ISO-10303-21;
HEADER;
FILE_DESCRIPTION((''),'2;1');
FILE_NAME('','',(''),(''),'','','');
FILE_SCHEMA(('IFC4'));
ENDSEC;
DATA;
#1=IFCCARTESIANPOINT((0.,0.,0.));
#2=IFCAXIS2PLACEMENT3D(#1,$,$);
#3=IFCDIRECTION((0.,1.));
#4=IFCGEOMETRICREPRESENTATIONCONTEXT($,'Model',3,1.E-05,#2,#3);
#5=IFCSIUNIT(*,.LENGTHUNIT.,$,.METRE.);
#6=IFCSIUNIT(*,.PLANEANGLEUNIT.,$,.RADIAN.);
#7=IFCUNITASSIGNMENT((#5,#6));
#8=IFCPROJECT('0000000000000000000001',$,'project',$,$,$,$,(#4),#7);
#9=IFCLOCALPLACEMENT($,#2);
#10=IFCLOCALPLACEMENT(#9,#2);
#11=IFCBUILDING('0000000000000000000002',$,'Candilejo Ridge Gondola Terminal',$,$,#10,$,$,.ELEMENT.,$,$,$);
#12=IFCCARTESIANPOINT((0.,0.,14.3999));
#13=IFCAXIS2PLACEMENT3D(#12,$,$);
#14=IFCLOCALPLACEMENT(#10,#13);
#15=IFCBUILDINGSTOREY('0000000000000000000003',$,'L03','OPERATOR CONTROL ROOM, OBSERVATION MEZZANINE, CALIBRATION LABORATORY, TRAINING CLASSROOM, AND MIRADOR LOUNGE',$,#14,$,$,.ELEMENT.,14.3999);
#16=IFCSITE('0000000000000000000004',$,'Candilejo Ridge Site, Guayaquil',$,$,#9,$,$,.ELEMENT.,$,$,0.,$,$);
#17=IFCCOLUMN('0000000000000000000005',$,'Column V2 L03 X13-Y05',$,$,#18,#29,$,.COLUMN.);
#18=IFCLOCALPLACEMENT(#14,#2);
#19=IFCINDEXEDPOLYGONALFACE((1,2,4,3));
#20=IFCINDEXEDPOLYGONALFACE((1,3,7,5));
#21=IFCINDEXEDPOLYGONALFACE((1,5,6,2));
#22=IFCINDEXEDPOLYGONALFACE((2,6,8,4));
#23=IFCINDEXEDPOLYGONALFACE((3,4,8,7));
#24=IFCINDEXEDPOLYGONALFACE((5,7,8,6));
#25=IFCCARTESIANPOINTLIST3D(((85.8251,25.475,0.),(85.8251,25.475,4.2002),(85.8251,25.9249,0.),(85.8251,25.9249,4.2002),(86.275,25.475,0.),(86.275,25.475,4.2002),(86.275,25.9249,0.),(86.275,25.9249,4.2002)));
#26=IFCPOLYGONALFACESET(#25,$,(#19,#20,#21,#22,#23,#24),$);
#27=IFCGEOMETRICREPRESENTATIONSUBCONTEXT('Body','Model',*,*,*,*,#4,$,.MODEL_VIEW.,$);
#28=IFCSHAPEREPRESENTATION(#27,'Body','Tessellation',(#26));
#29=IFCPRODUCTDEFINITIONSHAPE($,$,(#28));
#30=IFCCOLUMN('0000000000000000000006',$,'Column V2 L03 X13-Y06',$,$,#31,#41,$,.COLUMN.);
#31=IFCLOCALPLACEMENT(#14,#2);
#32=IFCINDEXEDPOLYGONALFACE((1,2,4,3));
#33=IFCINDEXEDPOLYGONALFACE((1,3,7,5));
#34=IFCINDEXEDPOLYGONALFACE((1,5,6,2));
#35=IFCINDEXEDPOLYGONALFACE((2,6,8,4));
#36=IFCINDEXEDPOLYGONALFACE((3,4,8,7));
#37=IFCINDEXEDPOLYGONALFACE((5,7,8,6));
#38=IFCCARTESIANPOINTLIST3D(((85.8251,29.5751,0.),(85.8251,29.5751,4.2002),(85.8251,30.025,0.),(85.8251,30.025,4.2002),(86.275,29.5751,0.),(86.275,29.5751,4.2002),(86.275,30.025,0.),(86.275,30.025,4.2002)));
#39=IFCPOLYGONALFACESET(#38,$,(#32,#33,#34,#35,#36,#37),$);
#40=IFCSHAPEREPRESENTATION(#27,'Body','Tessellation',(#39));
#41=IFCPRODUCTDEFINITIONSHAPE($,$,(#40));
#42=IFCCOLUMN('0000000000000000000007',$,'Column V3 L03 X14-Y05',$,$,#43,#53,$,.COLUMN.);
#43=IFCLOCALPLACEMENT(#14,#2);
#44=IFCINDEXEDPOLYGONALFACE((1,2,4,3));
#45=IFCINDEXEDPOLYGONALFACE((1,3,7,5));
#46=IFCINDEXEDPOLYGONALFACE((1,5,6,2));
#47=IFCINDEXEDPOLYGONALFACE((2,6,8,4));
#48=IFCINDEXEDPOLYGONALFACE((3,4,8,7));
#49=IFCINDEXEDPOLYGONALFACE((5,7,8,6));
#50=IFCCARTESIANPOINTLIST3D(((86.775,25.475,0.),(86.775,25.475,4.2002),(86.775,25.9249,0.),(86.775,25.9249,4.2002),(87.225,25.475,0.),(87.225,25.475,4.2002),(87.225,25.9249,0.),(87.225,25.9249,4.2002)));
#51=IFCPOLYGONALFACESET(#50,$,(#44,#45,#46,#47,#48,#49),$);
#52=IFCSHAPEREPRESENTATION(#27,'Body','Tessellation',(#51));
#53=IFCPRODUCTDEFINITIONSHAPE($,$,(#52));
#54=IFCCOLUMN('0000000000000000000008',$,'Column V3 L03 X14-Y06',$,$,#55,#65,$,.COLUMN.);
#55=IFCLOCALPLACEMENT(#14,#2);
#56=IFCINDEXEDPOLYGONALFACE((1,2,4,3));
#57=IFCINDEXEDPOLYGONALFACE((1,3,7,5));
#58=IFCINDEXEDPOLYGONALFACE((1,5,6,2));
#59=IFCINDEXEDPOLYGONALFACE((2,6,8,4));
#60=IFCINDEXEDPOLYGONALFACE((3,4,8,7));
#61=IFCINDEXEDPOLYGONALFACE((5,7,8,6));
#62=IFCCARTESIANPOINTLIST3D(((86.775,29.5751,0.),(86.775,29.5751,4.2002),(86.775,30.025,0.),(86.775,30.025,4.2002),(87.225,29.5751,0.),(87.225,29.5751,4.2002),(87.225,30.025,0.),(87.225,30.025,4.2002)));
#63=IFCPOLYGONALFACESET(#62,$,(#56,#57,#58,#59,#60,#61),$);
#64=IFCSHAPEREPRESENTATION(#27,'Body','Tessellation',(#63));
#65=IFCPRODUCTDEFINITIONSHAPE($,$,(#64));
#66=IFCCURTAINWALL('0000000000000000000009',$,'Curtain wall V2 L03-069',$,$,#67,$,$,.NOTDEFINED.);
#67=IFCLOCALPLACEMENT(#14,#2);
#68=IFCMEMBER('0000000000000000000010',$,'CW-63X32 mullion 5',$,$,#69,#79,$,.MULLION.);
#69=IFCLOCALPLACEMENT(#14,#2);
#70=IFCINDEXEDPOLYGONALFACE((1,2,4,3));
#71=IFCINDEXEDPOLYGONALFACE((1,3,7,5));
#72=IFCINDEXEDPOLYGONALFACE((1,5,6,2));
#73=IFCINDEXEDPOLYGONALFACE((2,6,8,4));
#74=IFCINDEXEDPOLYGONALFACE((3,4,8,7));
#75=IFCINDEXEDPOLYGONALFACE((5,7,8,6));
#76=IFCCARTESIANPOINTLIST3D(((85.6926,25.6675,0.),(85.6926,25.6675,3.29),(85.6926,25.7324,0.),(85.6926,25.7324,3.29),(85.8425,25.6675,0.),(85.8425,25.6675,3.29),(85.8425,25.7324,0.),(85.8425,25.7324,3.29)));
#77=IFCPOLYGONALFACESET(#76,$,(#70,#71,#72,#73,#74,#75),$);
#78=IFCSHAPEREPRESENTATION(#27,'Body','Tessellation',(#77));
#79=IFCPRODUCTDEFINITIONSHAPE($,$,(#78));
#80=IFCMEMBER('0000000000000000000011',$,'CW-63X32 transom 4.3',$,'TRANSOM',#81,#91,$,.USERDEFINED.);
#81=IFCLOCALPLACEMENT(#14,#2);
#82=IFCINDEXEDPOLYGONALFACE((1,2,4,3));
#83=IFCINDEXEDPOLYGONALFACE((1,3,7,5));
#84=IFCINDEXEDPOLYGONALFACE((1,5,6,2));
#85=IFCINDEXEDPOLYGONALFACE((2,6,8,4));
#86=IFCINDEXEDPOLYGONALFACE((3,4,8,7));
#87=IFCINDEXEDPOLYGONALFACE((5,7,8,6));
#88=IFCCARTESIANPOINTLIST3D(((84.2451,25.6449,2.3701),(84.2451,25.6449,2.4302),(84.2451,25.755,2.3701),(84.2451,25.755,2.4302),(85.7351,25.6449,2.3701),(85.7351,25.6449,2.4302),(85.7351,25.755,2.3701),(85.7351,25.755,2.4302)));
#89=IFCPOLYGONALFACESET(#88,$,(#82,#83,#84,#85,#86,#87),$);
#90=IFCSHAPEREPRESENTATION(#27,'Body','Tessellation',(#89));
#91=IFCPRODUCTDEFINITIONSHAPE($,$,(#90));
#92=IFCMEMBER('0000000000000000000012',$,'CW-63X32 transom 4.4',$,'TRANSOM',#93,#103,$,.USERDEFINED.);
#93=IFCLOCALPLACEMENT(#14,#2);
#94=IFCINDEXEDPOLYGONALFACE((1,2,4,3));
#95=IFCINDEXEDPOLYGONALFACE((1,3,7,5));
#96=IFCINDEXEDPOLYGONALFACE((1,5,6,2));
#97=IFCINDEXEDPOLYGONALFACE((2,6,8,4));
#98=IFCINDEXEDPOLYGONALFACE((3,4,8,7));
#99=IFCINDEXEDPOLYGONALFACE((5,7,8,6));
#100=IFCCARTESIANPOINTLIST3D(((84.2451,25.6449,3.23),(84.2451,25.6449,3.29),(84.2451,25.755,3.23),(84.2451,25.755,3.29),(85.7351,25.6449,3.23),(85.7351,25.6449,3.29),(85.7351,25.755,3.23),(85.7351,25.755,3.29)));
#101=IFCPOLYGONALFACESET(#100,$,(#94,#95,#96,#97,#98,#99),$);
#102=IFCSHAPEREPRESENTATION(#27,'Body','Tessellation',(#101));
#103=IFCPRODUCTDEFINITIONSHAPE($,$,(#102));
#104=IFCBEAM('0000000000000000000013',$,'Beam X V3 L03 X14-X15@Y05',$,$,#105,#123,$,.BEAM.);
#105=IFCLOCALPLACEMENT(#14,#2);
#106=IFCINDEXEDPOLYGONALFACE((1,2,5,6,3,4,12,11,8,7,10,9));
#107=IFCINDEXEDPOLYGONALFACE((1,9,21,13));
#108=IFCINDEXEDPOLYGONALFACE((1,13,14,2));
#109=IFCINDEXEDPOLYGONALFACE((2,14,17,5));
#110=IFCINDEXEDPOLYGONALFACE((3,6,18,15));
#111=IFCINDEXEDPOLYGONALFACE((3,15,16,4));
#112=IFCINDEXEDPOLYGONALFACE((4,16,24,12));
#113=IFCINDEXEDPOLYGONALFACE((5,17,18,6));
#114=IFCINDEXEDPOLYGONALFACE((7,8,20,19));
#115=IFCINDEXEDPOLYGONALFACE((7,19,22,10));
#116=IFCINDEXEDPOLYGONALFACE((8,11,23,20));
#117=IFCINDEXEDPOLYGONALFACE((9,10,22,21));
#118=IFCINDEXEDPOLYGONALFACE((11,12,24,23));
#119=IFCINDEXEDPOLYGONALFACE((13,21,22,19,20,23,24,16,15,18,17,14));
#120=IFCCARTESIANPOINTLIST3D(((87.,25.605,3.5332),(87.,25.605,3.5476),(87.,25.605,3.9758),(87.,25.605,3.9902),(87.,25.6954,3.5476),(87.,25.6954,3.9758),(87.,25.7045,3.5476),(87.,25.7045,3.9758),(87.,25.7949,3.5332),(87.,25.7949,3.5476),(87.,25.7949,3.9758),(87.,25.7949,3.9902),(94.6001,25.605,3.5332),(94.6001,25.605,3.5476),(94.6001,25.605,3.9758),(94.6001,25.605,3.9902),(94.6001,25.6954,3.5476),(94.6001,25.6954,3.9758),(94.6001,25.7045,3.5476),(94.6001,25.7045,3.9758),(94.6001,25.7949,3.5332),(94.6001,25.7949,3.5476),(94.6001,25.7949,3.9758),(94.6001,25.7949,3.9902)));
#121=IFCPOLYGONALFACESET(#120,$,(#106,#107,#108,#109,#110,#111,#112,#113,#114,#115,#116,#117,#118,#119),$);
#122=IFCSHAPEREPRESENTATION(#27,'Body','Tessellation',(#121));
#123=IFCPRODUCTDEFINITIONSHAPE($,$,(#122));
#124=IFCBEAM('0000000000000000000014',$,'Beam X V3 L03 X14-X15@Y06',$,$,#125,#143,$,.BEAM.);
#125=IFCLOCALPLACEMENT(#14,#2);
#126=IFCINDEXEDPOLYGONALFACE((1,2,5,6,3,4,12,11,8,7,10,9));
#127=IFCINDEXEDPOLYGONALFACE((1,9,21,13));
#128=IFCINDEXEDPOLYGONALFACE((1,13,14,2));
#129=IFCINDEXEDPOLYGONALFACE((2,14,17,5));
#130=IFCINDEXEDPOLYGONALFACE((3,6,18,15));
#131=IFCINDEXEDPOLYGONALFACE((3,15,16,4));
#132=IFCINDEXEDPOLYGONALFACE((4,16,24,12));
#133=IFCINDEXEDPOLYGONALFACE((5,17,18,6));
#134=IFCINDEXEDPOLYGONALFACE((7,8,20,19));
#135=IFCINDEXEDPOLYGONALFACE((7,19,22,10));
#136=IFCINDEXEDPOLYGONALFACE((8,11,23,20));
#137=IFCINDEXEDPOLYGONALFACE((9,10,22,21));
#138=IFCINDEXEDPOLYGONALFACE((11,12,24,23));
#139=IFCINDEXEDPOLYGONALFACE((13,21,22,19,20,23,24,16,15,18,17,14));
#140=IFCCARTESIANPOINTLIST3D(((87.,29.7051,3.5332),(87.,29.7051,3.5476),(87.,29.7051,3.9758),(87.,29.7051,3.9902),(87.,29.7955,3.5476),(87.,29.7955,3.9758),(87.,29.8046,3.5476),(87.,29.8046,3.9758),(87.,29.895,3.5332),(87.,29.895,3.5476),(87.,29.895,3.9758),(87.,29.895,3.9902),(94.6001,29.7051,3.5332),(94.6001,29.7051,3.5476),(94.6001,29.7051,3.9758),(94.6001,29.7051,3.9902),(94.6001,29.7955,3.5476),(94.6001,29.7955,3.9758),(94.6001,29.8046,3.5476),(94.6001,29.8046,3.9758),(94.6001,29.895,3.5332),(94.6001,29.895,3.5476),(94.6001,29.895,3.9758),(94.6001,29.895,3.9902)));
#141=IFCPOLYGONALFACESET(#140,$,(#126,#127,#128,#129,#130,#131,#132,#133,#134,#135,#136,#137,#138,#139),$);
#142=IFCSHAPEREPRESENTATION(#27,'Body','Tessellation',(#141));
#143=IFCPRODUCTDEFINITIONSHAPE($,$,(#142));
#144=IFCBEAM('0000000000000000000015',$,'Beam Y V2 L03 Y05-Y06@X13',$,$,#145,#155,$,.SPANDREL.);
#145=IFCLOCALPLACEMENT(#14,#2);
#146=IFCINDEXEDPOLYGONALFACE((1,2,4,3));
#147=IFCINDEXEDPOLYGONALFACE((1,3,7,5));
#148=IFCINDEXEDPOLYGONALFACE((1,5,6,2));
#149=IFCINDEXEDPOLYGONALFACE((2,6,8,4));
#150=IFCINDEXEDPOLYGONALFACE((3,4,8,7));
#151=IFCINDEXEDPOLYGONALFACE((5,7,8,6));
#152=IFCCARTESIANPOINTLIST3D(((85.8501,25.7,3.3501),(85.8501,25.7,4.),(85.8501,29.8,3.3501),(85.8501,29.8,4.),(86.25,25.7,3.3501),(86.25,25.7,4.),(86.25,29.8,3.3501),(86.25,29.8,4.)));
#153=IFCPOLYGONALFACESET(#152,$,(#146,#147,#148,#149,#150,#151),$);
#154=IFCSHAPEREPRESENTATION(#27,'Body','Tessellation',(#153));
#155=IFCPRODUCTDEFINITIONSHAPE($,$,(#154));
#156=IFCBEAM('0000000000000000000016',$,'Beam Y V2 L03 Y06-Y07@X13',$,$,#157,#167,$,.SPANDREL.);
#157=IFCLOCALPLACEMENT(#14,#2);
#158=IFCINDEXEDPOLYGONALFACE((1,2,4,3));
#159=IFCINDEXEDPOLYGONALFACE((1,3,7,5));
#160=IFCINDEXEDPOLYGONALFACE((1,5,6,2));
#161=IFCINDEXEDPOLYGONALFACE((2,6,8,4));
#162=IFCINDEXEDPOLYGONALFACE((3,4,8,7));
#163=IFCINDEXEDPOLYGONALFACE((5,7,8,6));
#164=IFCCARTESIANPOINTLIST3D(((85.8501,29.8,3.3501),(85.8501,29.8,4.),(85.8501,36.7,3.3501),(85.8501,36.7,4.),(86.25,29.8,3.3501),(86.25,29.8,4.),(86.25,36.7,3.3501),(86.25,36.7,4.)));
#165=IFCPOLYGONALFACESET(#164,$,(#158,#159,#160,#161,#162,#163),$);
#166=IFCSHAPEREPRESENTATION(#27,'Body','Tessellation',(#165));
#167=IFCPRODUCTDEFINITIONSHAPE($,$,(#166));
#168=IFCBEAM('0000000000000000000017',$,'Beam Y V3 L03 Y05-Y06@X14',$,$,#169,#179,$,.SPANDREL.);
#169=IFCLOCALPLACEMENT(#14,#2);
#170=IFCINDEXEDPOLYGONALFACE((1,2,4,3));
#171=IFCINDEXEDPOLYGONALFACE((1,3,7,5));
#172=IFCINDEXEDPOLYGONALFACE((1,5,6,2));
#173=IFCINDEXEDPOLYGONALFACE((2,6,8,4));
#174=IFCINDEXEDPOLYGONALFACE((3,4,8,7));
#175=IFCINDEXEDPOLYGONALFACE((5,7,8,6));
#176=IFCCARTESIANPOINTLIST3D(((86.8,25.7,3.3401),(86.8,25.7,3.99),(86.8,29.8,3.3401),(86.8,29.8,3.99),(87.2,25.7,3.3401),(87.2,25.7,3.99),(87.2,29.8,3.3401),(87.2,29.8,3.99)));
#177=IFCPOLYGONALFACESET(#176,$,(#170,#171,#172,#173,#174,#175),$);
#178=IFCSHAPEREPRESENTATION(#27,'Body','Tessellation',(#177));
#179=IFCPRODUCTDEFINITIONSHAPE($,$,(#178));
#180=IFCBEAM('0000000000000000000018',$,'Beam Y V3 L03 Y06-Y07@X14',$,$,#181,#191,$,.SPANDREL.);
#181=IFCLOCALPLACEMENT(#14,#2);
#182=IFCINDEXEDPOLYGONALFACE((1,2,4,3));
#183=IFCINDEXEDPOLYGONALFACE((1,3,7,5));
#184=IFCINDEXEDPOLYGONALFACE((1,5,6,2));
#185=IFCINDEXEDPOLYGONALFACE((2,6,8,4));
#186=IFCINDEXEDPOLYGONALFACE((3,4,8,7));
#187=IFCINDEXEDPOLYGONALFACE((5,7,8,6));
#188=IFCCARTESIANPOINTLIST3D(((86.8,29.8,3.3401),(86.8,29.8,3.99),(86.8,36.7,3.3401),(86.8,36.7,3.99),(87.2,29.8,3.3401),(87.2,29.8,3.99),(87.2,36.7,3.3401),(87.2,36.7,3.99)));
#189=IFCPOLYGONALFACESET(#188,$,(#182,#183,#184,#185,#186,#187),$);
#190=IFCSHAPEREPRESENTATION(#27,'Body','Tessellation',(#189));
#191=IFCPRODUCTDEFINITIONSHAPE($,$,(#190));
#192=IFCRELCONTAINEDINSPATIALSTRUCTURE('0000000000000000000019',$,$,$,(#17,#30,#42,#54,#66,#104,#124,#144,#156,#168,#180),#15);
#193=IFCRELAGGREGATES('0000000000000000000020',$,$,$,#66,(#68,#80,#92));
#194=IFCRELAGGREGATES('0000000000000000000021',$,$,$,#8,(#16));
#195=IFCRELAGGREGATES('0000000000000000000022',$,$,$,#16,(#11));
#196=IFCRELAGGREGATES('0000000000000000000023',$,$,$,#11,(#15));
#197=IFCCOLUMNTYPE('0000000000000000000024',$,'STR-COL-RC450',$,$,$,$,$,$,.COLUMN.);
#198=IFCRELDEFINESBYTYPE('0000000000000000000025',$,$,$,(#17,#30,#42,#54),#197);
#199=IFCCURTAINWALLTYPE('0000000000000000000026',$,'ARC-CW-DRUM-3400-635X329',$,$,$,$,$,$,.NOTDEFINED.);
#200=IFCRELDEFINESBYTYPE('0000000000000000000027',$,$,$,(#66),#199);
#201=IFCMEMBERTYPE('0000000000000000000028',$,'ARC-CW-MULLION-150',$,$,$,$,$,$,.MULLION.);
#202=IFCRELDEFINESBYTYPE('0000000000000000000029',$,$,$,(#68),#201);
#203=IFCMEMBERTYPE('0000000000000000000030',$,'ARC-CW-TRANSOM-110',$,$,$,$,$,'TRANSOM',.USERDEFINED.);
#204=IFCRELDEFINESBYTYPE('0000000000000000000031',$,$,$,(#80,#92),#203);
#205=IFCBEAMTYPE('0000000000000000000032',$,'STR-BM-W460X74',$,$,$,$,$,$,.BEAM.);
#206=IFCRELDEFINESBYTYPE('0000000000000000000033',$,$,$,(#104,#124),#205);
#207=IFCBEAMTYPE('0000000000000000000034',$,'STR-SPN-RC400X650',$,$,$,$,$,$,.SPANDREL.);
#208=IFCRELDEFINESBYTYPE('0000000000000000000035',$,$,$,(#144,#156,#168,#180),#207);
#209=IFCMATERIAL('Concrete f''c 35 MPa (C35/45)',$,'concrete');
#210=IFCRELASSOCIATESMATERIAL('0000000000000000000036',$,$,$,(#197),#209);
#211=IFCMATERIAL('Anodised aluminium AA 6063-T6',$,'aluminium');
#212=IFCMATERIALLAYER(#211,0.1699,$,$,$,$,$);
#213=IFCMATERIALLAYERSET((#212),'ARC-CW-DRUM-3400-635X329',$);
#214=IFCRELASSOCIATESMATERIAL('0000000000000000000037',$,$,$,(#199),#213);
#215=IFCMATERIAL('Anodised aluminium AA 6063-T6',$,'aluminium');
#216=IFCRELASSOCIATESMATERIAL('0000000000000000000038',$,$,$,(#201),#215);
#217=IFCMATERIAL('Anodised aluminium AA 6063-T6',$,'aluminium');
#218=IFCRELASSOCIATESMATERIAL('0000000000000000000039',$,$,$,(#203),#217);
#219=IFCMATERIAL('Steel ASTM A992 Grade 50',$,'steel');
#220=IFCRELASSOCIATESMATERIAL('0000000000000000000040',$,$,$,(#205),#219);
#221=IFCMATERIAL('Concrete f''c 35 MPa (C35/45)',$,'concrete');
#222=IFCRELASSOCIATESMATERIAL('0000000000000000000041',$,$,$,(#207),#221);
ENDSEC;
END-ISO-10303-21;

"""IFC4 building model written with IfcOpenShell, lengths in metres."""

from ifc_helpers import new_model, si_unit, direction, frame, origin, origin_2d, place, context, subcontext, project, spatial, rectangle, i_section, extrude, material, layer, layer_set, material_profile, profile_set, type_object, element, aggregate, save


model = new_model("IFC4")

# Units and contexts
model_context = context("Model", 3, precision=1e-05, world=origin(), true_north=direction((0.0, 1.0)))
body_context = subcontext(model_context, "Body", "Model", "MODEL_VIEW")
ifc_project = project(units=[si_unit("LENGTHUNIT", "METRE"), si_unit("PLANEANGLEUNIT", "RADIAN")], contexts=[model_context])

# Site, building, storey
site_placement = place(None, origin())
site = spatial("IfcSite", under=ifc_project, at=site_placement, Name="Candilejo Ridge Site, Guayaquil", CompositionType="ELEMENT", RefElevation=0.0)
building_placement = place(site_placement, origin())
building = spatial("IfcBuilding", under=site, at=building_placement, Name="Candilejo Ridge Gondola Terminal", CompositionType="ELEMENT")
storey_placement = place(building_placement, frame((0.0, 0.0, 14.3999)))
storey = spatial("IfcBuildingStorey", under=building, at=storey_placement, Name="L03", Description="OPERATOR CONTROL ROOM, OBSERVATION MEZZANINE, CALIBRATION LABORATORY, TRAINING CLASSROOM, AND MIRADOR LOUNGE", CompositionType="ELEMENT", Elevation=14.3999)

# Columns
ifc_material_1 = material(Name="Concrete f'c 35 MPa (C35/45)", Category="concrete")
ifc_material_profile_1 = material_profile(ifc_material_1, rectangle(XDim=0.45, YDim=0.45, at=origin_2d()))
ifc_profile_set_1 = profile_set([ifc_material_profile_1], Name="Concrete f'c 35 MPa (C35/45)")
column_type = type_object("IfcColumnType", Name="STR-COL-RC450", PredefinedType="COLUMN", material=ifc_profile_set_1)
for number, where, z_axis, x_axis, name in (
    (1, (86.05, 25.7, 0.0), (0.0, 0.0, 1.0), (1.0, 0.0, 0.0), "Column V2 L03 X13-Y05"),
    (2, (86.05, 29.8, 0.0), (0.0, 0.0, 1.0), (1.0, 0.0, 0.0), "Column V2 L03 X13-Y06"),
    (3, (87.0, 25.7, 0.0), (0.0, 0.0, 1.0), (1.0, 0.0, 0.0), "Column V3 L03 X14-Y05"),
    (4, (87.0, 29.8, 0.0), (0.0, 0.0, 1.0), (1.0, 0.0, 0.0), "Column V3 L03 X14-Y06"),
):
    element("IfcColumn", number, at=place(storey_placement, frame(where, z_axis=z_axis, x_axis=x_axis)), inside=storey, type_object=column_type, Name=name, PredefinedType="COLUMN", context=body_context, shape_type="SweptSolid", body=[
        extrude(rectangle(XDim=0.45, YDim=0.45, at=origin_2d()), origin(), (0.0, 0.0, 1.0), 4.2002),
    ])

# Curtain wall, members
ifc_material_2 = material(Name="Anodised aluminium AA 6063-T6", Category="aluminium")
ifc_layer_1 = layer(ifc_material_2, 0.1699)
ifc_layer_set_1 = layer_set([ifc_layer_1], Name="ARC-CW-DRUM-3400-635X329")
curtain_wall_type = type_object("IfcCurtainWallType", Name="ARC-CW-DRUM-3400-635X329", PredefinedType="NOTDEFINED", material=ifc_layer_set_1)
curtain_wall_placement = place(storey_placement, origin())
curtain_wall = element("IfcCurtainWall", 5, at=curtain_wall_placement, inside=storey, type_object=curtain_wall_type, Name="Curtain wall V2 L03-069", PredefinedType="NOTDEFINED")
ifc_material_3 = material(Name="Anodised aluminium AA 6063-T6", Category="aluminium")
ifc_material_profile_2 = material_profile(ifc_material_3, rectangle(XDim=0.0649, YDim=0.1499, at=origin_2d()))
ifc_profile_set_2 = profile_set([ifc_material_profile_2], Name="Anodised aluminium AA 6063-T6")
member_type_1 = type_object("IfcMemberType", Name="ARC-CW-MULLION-150", PredefinedType="MULLION", material=ifc_profile_set_2)
member_1_placement = place(storey_placement, frame((85.7676, 25.7, 0.0), z_axis=(0.0, 0.0, 1.0), x_axis=(0.0, 1.0, 0.0)))
member_1 = element("IfcMember", 6, at=member_1_placement, type_object=member_type_1, Name="CW-63X32 mullion 5", PredefinedType="MULLION", context=body_context, shape_type="SweptSolid", body=[
    extrude(rectangle(XDim=0.0649, YDim=0.1499, at=origin_2d()), origin(), (0.0, 0.0, 1.0), 3.29),
])
ifc_material_4 = material(Name="Anodised aluminium AA 6063-T6", Category="aluminium")
ifc_material_profile_3 = material_profile(ifc_material_4, rectangle(XDim=0.1101, YDim=0.0601, at=origin_2d()))
ifc_profile_set_3 = profile_set([ifc_material_profile_3], Name="Anodised aluminium AA 6063-T6")
member_type_2 = type_object("IfcMemberType", Name="ARC-CW-TRANSOM-110", ElementType="TRANSOM", PredefinedType="USERDEFINED", material=ifc_profile_set_3)
member_2_placement = place(storey_placement, frame((84.2451, 25.7, 2.4001), z_axis=(1.0, 0.0, 0.0), x_axis=(0.0, 1.0, 0.0)))
member_2 = element("IfcMember", 7, at=member_2_placement, type_object=member_type_2, Name="CW-63X32 transom 4.3", ObjectType="TRANSOM", PredefinedType="USERDEFINED", context=body_context, shape_type="SweptSolid", body=[
    extrude(rectangle(XDim=0.1101, YDim=0.0601, at=origin_2d()), origin(), (0.0, 0.0, 1.0), 1.49),
])
member_3_placement = place(storey_placement, frame((84.2451, 25.7, 3.26), z_axis=(1.0, 0.0, 0.0), x_axis=(0.0, 1.0, 0.0)))
member_3 = element("IfcMember", 8, at=member_3_placement, type_object=member_type_2, Name="CW-63X32 transom 4.4", ObjectType="TRANSOM", PredefinedType="USERDEFINED", context=body_context, shape_type="SweptSolid", body=[
    extrude(rectangle(XDim=0.1101, YDim=0.0601, at=origin_2d()), origin(), (0.0, 0.0, 1.0), 1.49),
])

# Beams
ifc_material_5 = material(Name="Steel ASTM A992 Grade 50", Category="steel")
ifc_material_profile_4 = material_profile(ifc_material_5, i_section(OverallWidth=0.1899, OverallDepth=0.457, WebThickness=0.009, FlangeThickness=0.0144, at=origin_2d()))
ifc_profile_set_4 = profile_set([ifc_material_profile_4], Name="Steel ASTM A992 Grade 50")
beam_type_1 = type_object("IfcBeamType", Name="STR-BM-W460X74", PredefinedType="BEAM", material=ifc_profile_set_4)
for number, where, z_axis, x_axis, name in (
    (9, (87.0, 25.7, 3.7617), (1.0, 0.0, 0.0), (0.0, 1.0, 0.0), "Beam X V3 L03 X14-X15@Y05"),
    (10, (87.0, 29.8, 3.7617), (1.0, 0.0, 0.0), (0.0, 1.0, 0.0), "Beam X V3 L03 X14-X15@Y06"),
):
    element("IfcBeam", number, at=place(storey_placement, frame(where, z_axis=z_axis, x_axis=x_axis)), inside=storey, type_object=beam_type_1, Name=name, PredefinedType="BEAM", context=body_context, shape_type="SweptSolid", body=[
        extrude(i_section(OverallWidth=0.1899, OverallDepth=0.457, WebThickness=0.009, FlangeThickness=0.0144, at=origin_2d()), origin(), (0.0, 0.0, 1.0), 7.6001),
    ])
ifc_material_6 = material(Name="Concrete f'c 35 MPa (C35/45)", Category="concrete")
ifc_material_profile_5 = material_profile(ifc_material_6, rectangle(XDim=0.3999, YDim=0.6499, at=origin_2d()))
ifc_profile_set_5 = profile_set([ifc_material_profile_5], Name="Concrete f'c 35 MPa (C35/45)")
beam_type_2 = type_object("IfcBeamType", Name="STR-SPN-RC400X650", PredefinedType="SPANDREL", material=ifc_profile_set_5)
beam_1_placement = place(storey_placement, frame((86.05, 25.7, 3.675), z_axis=(0.0, 1.0, 0.0), x_axis=(-1.0, 0.0, 0.0)))
element("IfcBeam", 11, at=beam_1_placement, inside=storey, type_object=beam_type_2, Name="Beam Y V2 L03 Y05-Y06@X13", PredefinedType="SPANDREL", context=body_context, shape_type="SweptSolid", body=[
    extrude(rectangle(XDim=0.3999, YDim=0.6499, at=origin_2d()), origin(), (0.0, 0.0, 1.0), 4.1001),
])
beam_2_placement = place(storey_placement, frame((86.05, 29.8, 3.675), z_axis=(0.0, 1.0, 0.0), x_axis=(-1.0, 0.0, 0.0)))
element("IfcBeam", 12, at=beam_2_placement, inside=storey, type_object=beam_type_2, Name="Beam Y V2 L03 Y06-Y07@X13", PredefinedType="SPANDREL", context=body_context, shape_type="SweptSolid", body=[
    extrude(rectangle(XDim=0.3999, YDim=0.6499, at=origin_2d()), origin(), (0.0, 0.0, 1.0), 6.8999),
])
beam_3_placement = place(storey_placement, frame((87.0, 25.7, 3.665), z_axis=(0.0, 1.0, 0.0), x_axis=(-1.0, 0.0, 0.0)))
element("IfcBeam", 13, at=beam_3_placement, inside=storey, type_object=beam_type_2, Name="Beam Y V3 L03 Y05-Y06@X14", PredefinedType="SPANDREL", context=body_context, shape_type="SweptSolid", body=[
    extrude(rectangle(XDim=0.3999, YDim=0.6499, at=origin_2d()), origin(), (0.0, 0.0, 1.0), 4.1001),
])
beam_4_placement = place(storey_placement, frame((87.0, 29.8, 3.665), z_axis=(0.0, 1.0, 0.0), x_axis=(-1.0, 0.0, 0.0)))
element("IfcBeam", 14, at=beam_4_placement, inside=storey, type_object=beam_type_2, Name="Beam Y V3 L03 Y06-Y07@X14", PredefinedType="SPANDREL", context=body_context, shape_type="SweptSolid", body=[
    extrude(rectangle(XDim=0.3999, YDim=0.6499, at=origin_2d()), origin(), (0.0, 0.0, 1.0), 6.8999),
])

aggregate(curtain_wall, [member_1, member_2, member_3])

save(model, "model.ifc")
